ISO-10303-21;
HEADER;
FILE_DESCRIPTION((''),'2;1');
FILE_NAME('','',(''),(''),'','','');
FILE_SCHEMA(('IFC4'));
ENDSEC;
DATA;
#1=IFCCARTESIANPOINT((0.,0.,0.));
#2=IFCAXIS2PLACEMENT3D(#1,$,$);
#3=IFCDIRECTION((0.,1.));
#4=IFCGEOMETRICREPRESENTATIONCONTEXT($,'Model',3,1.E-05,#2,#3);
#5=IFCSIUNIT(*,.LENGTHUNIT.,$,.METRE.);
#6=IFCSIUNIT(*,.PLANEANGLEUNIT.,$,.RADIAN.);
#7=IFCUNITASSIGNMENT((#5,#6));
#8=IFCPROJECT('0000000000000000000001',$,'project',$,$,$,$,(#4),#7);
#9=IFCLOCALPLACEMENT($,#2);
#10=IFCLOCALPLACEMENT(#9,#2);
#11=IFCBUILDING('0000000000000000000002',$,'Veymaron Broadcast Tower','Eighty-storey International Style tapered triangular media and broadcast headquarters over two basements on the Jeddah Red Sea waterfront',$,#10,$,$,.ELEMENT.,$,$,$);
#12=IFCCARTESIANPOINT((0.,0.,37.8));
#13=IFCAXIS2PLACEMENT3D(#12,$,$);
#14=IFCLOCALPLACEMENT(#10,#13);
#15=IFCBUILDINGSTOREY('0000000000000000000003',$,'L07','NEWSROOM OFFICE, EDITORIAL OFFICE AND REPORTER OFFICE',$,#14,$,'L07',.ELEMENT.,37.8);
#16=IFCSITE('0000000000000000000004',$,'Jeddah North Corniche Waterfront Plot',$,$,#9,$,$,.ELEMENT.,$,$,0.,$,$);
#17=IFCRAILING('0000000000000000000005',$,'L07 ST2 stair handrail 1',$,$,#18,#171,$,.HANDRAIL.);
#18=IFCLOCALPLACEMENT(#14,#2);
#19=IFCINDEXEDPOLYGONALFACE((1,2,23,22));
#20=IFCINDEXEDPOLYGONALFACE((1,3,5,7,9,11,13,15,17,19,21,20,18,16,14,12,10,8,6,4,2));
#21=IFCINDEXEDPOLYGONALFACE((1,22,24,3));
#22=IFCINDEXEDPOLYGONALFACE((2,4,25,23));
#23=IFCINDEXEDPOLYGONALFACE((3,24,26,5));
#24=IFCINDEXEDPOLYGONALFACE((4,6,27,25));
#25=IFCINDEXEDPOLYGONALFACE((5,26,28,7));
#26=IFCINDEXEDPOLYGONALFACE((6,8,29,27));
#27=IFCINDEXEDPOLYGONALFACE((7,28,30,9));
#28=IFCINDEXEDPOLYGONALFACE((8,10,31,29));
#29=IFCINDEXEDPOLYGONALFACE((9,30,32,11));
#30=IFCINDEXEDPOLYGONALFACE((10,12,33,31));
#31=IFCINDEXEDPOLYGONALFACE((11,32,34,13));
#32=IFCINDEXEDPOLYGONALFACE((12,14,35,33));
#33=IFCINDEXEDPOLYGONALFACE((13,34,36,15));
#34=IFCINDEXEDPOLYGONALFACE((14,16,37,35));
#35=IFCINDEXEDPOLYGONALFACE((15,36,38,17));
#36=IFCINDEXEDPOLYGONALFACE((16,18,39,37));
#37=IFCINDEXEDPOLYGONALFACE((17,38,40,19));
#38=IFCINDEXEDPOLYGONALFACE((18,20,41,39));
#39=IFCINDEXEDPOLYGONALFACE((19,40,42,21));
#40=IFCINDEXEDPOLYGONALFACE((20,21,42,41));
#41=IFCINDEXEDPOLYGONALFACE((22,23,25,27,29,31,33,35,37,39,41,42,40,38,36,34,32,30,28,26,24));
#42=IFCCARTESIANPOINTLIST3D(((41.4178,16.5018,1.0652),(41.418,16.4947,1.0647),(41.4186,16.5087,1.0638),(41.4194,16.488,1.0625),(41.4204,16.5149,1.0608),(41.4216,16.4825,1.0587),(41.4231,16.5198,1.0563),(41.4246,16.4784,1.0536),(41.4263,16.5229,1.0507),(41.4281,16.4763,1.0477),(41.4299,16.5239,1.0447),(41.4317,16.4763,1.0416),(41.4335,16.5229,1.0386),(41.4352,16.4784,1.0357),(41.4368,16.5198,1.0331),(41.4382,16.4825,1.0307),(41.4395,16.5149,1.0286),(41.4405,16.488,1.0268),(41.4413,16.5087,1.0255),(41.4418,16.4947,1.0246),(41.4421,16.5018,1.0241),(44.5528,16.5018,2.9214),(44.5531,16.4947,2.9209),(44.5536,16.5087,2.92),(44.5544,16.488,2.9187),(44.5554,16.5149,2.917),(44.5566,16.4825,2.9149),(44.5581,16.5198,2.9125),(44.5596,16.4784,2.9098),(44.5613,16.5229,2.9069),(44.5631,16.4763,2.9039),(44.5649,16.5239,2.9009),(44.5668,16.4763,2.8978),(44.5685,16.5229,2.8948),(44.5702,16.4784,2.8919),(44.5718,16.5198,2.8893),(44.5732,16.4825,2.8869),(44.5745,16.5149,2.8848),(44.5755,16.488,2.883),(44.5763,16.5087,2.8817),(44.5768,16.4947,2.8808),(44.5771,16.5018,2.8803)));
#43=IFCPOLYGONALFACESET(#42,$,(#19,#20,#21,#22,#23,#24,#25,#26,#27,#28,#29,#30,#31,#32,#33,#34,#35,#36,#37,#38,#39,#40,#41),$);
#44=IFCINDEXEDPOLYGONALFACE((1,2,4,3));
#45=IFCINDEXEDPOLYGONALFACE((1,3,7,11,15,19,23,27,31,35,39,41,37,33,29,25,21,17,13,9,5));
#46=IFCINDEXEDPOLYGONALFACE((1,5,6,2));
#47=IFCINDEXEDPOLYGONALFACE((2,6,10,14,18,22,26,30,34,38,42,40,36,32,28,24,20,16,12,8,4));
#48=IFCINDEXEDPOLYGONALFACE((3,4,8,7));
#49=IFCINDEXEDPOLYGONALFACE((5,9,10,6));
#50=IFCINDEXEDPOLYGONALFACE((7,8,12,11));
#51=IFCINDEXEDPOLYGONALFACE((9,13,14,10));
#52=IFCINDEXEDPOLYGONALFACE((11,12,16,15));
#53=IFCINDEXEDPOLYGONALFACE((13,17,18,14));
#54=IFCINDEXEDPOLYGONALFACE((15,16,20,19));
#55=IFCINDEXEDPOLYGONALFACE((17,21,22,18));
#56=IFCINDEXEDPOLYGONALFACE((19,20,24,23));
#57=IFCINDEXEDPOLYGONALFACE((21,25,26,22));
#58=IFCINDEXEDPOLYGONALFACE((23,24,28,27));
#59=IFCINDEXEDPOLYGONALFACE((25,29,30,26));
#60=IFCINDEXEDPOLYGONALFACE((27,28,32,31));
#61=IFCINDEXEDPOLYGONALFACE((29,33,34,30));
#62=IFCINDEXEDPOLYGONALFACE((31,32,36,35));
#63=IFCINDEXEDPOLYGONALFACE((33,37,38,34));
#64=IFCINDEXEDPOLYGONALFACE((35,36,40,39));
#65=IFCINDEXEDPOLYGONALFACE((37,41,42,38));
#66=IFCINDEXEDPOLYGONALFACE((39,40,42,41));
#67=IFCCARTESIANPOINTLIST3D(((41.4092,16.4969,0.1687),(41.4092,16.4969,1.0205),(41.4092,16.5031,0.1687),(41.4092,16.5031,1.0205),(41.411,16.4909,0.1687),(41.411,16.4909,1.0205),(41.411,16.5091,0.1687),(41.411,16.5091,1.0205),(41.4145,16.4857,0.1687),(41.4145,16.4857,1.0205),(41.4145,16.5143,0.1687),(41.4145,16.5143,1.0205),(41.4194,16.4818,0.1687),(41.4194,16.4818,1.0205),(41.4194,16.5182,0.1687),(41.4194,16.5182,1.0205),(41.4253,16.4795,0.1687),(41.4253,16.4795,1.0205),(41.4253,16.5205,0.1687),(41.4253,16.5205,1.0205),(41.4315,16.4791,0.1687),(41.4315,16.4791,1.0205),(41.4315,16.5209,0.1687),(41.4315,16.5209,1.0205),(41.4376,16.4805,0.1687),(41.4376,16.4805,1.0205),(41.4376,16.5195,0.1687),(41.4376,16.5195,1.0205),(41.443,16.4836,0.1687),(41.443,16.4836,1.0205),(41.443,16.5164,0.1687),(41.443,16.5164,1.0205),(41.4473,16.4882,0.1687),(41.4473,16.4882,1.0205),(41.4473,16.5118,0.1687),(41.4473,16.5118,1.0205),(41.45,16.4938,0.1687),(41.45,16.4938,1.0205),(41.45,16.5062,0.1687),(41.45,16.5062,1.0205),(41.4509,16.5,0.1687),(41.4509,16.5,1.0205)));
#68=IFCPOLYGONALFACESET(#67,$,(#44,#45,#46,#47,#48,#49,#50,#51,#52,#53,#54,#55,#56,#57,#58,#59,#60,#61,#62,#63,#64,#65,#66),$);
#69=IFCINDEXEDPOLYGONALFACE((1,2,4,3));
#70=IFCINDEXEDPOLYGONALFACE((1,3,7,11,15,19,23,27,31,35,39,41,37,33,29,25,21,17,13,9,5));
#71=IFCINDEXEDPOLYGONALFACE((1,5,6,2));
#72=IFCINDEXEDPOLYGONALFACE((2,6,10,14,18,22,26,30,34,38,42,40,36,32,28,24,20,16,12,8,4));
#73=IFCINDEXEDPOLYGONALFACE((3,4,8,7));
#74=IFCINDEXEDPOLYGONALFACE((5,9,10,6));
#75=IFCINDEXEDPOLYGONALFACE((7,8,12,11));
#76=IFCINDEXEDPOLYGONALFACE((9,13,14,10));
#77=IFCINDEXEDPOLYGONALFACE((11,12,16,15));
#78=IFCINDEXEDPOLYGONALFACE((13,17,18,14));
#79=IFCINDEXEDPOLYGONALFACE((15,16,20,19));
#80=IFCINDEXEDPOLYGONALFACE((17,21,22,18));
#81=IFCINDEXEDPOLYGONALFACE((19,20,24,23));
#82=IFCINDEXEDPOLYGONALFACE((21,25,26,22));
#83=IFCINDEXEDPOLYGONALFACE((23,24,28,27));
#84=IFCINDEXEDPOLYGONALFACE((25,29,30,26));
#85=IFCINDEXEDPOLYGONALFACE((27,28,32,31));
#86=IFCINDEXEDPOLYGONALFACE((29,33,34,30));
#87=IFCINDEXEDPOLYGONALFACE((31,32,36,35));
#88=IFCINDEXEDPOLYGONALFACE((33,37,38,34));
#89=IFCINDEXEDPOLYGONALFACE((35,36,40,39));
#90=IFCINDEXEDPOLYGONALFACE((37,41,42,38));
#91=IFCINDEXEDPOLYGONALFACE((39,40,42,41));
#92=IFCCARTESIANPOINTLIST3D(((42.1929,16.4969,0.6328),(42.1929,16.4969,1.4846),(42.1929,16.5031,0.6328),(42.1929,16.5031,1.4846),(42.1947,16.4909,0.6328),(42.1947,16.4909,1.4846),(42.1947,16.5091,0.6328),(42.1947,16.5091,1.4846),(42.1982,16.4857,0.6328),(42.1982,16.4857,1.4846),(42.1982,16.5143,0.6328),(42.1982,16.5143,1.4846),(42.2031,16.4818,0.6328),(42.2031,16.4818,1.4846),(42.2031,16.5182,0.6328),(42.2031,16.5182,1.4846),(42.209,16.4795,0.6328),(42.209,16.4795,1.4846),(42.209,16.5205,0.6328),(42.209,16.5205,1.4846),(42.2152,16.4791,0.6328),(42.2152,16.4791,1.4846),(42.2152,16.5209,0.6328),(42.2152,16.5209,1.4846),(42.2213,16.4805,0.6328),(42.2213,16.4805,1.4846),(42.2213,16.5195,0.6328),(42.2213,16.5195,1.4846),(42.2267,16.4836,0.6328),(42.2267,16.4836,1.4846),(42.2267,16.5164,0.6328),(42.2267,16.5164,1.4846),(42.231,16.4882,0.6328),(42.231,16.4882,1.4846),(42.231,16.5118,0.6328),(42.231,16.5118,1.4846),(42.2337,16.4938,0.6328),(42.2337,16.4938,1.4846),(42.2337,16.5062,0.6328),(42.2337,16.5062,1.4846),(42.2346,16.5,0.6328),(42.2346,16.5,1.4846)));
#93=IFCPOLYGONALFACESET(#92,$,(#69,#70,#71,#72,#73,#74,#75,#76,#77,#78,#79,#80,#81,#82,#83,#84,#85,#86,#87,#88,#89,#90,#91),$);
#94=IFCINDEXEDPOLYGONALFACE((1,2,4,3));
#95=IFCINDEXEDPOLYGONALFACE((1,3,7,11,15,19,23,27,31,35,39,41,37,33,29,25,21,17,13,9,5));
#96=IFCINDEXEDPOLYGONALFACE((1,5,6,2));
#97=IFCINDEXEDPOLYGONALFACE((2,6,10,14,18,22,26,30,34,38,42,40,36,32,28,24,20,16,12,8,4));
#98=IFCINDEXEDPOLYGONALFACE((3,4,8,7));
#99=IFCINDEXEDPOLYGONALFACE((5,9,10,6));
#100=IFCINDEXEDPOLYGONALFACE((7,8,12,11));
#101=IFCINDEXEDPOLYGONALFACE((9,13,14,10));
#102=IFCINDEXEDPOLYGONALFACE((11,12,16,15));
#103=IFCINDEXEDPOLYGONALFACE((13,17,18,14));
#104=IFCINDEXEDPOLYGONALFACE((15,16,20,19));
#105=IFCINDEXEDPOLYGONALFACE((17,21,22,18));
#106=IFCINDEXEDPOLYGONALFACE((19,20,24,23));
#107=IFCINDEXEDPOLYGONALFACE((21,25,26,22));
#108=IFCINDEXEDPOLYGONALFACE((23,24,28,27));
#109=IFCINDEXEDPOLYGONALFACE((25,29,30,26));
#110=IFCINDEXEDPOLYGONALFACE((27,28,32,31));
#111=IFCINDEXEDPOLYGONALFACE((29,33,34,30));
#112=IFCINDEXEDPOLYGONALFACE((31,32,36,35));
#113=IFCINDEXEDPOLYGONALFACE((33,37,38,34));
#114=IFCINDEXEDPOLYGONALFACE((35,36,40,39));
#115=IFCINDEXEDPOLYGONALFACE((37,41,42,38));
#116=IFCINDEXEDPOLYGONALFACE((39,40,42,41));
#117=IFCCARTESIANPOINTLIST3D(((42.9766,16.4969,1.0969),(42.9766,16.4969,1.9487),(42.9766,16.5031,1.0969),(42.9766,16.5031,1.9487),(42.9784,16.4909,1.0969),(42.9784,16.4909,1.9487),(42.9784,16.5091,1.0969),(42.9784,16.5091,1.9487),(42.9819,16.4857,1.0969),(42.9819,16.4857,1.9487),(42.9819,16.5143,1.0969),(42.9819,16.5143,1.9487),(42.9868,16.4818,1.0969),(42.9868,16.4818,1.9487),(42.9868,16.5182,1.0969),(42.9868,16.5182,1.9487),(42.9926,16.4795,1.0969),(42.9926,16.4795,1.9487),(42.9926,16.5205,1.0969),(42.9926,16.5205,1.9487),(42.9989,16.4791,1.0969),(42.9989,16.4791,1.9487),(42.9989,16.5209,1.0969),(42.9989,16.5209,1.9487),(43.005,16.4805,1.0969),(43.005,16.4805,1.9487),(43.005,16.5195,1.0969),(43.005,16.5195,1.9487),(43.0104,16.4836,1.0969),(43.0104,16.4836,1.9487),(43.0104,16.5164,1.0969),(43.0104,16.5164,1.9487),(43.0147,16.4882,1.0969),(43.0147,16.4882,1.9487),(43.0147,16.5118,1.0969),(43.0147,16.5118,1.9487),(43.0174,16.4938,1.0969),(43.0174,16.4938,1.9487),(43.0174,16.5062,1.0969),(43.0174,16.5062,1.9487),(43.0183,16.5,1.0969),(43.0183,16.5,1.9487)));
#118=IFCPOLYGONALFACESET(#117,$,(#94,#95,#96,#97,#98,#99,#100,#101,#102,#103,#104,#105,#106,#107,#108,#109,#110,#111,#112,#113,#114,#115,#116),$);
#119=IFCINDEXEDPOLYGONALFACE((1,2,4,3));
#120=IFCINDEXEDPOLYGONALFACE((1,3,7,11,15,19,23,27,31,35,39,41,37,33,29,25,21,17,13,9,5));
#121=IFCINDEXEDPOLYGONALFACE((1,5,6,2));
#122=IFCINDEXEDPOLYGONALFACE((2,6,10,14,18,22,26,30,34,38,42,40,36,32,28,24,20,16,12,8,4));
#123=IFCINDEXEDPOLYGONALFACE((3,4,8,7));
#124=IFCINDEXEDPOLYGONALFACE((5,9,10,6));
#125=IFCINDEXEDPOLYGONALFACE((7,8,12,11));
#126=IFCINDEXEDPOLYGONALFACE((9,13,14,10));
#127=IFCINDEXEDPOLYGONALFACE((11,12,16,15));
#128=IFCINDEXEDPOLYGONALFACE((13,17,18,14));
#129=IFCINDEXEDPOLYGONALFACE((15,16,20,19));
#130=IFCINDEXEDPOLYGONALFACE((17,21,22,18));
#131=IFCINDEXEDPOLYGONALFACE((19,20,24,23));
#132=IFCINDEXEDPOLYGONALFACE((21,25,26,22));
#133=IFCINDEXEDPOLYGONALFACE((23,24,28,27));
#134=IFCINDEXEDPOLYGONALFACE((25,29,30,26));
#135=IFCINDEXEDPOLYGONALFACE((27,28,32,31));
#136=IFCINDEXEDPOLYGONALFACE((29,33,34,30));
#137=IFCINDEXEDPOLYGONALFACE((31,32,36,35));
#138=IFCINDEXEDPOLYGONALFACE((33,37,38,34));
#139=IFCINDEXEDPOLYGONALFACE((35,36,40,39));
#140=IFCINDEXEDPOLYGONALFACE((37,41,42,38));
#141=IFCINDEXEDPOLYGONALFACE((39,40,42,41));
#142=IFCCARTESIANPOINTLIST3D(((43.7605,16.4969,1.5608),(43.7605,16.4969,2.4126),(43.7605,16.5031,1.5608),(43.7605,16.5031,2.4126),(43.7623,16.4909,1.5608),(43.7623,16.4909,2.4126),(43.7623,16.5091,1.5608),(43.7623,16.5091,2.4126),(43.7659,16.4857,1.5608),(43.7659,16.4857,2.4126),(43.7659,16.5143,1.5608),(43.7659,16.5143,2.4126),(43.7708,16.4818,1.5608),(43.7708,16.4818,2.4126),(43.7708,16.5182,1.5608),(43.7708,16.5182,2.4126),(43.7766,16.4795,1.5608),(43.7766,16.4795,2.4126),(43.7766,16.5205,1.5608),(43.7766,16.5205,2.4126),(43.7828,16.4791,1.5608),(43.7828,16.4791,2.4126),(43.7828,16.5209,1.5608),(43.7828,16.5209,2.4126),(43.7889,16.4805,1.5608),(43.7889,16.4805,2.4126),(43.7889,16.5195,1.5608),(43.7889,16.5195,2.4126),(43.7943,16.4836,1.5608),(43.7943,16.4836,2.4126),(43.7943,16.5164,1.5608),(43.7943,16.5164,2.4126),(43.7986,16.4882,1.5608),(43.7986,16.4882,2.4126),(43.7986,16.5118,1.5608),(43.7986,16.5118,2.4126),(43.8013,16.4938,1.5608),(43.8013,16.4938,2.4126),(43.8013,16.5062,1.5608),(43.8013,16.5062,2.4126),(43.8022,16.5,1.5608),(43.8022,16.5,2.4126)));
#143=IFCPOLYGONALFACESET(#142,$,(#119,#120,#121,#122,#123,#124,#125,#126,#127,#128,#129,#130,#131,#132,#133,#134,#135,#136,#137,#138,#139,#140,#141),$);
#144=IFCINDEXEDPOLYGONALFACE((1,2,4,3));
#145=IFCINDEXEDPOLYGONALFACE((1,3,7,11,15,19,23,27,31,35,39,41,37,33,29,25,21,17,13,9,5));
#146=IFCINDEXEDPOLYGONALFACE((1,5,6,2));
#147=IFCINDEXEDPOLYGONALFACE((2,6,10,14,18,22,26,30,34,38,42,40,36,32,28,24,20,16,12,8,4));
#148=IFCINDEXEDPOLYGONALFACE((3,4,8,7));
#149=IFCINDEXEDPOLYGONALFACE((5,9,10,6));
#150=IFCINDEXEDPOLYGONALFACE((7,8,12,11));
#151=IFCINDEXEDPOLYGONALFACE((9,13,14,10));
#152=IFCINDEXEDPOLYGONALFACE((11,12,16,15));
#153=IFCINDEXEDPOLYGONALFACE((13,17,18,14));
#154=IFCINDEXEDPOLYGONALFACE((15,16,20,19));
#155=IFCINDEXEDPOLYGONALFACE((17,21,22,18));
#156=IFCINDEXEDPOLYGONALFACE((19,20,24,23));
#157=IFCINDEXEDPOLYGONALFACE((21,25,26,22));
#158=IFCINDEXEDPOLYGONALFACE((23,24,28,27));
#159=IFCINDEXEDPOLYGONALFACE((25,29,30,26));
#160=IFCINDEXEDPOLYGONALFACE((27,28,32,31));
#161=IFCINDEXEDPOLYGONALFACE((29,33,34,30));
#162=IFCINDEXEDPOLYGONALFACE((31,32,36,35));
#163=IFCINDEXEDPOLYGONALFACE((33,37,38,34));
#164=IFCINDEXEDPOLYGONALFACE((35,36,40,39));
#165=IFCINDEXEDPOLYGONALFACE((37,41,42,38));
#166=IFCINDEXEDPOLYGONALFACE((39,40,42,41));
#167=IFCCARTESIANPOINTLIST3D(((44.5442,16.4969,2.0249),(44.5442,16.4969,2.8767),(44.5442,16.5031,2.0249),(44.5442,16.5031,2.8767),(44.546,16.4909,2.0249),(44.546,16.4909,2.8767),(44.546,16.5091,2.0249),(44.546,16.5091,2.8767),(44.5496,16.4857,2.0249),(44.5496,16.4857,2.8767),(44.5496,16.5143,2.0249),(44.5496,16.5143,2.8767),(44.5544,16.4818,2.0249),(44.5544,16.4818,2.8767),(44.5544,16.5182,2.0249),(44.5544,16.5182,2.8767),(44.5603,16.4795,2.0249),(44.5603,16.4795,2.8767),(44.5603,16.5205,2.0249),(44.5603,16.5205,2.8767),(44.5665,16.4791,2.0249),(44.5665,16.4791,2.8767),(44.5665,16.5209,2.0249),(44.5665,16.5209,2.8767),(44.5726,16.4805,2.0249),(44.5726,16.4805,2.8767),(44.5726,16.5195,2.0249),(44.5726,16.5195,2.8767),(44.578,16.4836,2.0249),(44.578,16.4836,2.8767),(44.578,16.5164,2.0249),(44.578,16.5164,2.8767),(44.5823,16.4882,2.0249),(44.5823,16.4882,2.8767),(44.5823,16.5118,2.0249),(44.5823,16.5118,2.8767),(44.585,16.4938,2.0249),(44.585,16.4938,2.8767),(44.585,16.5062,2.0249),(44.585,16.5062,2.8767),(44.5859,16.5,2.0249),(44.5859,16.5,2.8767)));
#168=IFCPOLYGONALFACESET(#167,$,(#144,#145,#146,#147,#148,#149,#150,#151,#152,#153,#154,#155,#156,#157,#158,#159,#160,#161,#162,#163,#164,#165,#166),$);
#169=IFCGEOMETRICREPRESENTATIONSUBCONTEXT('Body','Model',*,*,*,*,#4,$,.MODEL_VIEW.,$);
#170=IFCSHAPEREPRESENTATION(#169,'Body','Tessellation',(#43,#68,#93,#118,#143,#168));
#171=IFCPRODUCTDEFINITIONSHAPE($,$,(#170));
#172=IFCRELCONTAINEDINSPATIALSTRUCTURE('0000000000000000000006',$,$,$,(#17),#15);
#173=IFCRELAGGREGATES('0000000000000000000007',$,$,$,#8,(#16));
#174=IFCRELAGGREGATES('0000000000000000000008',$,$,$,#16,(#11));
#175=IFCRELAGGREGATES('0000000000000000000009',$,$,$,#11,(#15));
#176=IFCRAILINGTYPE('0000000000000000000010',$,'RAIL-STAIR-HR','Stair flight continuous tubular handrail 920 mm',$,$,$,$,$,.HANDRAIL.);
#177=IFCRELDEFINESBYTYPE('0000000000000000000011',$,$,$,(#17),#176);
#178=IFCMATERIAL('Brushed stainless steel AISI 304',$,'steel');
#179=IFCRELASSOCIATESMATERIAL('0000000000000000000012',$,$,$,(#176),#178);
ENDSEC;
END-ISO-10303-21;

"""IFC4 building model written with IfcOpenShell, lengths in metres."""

from ifc_helpers import new_model, si_unit, direction, frame, origin, origin_2d, place, context, subcontext, project, spatial, circle, extrude, material, type_object, element, save


model = new_model("IFC4")

# Units and contexts
model_context = context("Model", 3, precision=1e-05, world=origin(), true_north=direction((0.0, 1.0)))
body_context = subcontext(model_context, "Body", "Model", "MODEL_VIEW")
ifc_project = project(units=[si_unit("LENGTHUNIT", "METRE"), si_unit("PLANEANGLEUNIT", "RADIAN")], contexts=[model_context])

# Site, building, storey
site_placement = place(None, origin())
site = spatial("IfcSite", under=ifc_project, at=site_placement, Name="Jeddah North Corniche Waterfront Plot", CompositionType="ELEMENT", RefElevation=0.0)
building_placement = place(site_placement, origin())
building = spatial("IfcBuilding", under=site, at=building_placement, Name="Veymaron Broadcast Tower", Description="Eighty-storey International Style tapered triangular media and broadcast headquarters over two basements on the Jeddah Red Sea waterfront", CompositionType="ELEMENT")
storey_placement = place(building_placement, frame((0.0, 0.0, 37.8)))
storey = spatial("IfcBuildingStorey", under=building, at=storey_placement, Name="L07", Description="NEWSROOM OFFICE, EDITORIAL OFFICE AND REPORTER OFFICE", LongName="L07", CompositionType="ELEMENT", Elevation=37.8)

# Shared definitions
ifc_material_1 = material(Name="Brushed stainless steel AISI 304", Category="steel")

# Railing
railing_type_1 = type_object("IfcRailingType", Name="RAIL-STAIR-HR", Description="Stair flight continuous tubular handrail 920 mm", PredefinedType="HANDRAIL", material=ifc_material_1)
railing_1_placement = place(storey_placement, frame((41.4299, 16.5, 0.1687)))
element("IfcRailing", 1, at=railing_1_placement, inside=storey, type_object=railing_type_1, Name="L07 ST2 stair handrail 1", PredefinedType="HANDRAIL", context=body_context, shape_type="SweptSolid", body=[
    extrude(circle(Radius=0.0239, at=origin_2d()), frame((0.0, 0.0, 0.876), z_axis=(0.860482, 0.0, 0.509481), x_axis=(0.0, 1.0, 0.0)), (0.0, 0.0, 1.0), 3.6433),
    extrude(circle(Radius=0.021, at=origin_2d()), origin(), (0.0, 0.0, 1.0), 0.8518),
    extrude(circle(Radius=0.021, at=origin_2d()), frame((0.7837, 0.0, 0.4641)), (0.0, 0.0, 1.0), 0.8518),
    extrude(circle(Radius=0.021, at=origin_2d()), frame((1.5674, 0.0, 0.9282)), (0.0, 0.0, 1.0), 0.8518),
    extrude(circle(Radius=0.021, at=origin_2d()), frame((2.3513, 0.0, 1.3921)), (0.0, 0.0, 1.0), 0.8518),
    extrude(circle(Radius=0.021, at=origin_2d()), frame((3.135, 0.0, 1.8562)), (0.0, 0.0, 1.0), 0.8518),
])

save(model, "model.ifc")
